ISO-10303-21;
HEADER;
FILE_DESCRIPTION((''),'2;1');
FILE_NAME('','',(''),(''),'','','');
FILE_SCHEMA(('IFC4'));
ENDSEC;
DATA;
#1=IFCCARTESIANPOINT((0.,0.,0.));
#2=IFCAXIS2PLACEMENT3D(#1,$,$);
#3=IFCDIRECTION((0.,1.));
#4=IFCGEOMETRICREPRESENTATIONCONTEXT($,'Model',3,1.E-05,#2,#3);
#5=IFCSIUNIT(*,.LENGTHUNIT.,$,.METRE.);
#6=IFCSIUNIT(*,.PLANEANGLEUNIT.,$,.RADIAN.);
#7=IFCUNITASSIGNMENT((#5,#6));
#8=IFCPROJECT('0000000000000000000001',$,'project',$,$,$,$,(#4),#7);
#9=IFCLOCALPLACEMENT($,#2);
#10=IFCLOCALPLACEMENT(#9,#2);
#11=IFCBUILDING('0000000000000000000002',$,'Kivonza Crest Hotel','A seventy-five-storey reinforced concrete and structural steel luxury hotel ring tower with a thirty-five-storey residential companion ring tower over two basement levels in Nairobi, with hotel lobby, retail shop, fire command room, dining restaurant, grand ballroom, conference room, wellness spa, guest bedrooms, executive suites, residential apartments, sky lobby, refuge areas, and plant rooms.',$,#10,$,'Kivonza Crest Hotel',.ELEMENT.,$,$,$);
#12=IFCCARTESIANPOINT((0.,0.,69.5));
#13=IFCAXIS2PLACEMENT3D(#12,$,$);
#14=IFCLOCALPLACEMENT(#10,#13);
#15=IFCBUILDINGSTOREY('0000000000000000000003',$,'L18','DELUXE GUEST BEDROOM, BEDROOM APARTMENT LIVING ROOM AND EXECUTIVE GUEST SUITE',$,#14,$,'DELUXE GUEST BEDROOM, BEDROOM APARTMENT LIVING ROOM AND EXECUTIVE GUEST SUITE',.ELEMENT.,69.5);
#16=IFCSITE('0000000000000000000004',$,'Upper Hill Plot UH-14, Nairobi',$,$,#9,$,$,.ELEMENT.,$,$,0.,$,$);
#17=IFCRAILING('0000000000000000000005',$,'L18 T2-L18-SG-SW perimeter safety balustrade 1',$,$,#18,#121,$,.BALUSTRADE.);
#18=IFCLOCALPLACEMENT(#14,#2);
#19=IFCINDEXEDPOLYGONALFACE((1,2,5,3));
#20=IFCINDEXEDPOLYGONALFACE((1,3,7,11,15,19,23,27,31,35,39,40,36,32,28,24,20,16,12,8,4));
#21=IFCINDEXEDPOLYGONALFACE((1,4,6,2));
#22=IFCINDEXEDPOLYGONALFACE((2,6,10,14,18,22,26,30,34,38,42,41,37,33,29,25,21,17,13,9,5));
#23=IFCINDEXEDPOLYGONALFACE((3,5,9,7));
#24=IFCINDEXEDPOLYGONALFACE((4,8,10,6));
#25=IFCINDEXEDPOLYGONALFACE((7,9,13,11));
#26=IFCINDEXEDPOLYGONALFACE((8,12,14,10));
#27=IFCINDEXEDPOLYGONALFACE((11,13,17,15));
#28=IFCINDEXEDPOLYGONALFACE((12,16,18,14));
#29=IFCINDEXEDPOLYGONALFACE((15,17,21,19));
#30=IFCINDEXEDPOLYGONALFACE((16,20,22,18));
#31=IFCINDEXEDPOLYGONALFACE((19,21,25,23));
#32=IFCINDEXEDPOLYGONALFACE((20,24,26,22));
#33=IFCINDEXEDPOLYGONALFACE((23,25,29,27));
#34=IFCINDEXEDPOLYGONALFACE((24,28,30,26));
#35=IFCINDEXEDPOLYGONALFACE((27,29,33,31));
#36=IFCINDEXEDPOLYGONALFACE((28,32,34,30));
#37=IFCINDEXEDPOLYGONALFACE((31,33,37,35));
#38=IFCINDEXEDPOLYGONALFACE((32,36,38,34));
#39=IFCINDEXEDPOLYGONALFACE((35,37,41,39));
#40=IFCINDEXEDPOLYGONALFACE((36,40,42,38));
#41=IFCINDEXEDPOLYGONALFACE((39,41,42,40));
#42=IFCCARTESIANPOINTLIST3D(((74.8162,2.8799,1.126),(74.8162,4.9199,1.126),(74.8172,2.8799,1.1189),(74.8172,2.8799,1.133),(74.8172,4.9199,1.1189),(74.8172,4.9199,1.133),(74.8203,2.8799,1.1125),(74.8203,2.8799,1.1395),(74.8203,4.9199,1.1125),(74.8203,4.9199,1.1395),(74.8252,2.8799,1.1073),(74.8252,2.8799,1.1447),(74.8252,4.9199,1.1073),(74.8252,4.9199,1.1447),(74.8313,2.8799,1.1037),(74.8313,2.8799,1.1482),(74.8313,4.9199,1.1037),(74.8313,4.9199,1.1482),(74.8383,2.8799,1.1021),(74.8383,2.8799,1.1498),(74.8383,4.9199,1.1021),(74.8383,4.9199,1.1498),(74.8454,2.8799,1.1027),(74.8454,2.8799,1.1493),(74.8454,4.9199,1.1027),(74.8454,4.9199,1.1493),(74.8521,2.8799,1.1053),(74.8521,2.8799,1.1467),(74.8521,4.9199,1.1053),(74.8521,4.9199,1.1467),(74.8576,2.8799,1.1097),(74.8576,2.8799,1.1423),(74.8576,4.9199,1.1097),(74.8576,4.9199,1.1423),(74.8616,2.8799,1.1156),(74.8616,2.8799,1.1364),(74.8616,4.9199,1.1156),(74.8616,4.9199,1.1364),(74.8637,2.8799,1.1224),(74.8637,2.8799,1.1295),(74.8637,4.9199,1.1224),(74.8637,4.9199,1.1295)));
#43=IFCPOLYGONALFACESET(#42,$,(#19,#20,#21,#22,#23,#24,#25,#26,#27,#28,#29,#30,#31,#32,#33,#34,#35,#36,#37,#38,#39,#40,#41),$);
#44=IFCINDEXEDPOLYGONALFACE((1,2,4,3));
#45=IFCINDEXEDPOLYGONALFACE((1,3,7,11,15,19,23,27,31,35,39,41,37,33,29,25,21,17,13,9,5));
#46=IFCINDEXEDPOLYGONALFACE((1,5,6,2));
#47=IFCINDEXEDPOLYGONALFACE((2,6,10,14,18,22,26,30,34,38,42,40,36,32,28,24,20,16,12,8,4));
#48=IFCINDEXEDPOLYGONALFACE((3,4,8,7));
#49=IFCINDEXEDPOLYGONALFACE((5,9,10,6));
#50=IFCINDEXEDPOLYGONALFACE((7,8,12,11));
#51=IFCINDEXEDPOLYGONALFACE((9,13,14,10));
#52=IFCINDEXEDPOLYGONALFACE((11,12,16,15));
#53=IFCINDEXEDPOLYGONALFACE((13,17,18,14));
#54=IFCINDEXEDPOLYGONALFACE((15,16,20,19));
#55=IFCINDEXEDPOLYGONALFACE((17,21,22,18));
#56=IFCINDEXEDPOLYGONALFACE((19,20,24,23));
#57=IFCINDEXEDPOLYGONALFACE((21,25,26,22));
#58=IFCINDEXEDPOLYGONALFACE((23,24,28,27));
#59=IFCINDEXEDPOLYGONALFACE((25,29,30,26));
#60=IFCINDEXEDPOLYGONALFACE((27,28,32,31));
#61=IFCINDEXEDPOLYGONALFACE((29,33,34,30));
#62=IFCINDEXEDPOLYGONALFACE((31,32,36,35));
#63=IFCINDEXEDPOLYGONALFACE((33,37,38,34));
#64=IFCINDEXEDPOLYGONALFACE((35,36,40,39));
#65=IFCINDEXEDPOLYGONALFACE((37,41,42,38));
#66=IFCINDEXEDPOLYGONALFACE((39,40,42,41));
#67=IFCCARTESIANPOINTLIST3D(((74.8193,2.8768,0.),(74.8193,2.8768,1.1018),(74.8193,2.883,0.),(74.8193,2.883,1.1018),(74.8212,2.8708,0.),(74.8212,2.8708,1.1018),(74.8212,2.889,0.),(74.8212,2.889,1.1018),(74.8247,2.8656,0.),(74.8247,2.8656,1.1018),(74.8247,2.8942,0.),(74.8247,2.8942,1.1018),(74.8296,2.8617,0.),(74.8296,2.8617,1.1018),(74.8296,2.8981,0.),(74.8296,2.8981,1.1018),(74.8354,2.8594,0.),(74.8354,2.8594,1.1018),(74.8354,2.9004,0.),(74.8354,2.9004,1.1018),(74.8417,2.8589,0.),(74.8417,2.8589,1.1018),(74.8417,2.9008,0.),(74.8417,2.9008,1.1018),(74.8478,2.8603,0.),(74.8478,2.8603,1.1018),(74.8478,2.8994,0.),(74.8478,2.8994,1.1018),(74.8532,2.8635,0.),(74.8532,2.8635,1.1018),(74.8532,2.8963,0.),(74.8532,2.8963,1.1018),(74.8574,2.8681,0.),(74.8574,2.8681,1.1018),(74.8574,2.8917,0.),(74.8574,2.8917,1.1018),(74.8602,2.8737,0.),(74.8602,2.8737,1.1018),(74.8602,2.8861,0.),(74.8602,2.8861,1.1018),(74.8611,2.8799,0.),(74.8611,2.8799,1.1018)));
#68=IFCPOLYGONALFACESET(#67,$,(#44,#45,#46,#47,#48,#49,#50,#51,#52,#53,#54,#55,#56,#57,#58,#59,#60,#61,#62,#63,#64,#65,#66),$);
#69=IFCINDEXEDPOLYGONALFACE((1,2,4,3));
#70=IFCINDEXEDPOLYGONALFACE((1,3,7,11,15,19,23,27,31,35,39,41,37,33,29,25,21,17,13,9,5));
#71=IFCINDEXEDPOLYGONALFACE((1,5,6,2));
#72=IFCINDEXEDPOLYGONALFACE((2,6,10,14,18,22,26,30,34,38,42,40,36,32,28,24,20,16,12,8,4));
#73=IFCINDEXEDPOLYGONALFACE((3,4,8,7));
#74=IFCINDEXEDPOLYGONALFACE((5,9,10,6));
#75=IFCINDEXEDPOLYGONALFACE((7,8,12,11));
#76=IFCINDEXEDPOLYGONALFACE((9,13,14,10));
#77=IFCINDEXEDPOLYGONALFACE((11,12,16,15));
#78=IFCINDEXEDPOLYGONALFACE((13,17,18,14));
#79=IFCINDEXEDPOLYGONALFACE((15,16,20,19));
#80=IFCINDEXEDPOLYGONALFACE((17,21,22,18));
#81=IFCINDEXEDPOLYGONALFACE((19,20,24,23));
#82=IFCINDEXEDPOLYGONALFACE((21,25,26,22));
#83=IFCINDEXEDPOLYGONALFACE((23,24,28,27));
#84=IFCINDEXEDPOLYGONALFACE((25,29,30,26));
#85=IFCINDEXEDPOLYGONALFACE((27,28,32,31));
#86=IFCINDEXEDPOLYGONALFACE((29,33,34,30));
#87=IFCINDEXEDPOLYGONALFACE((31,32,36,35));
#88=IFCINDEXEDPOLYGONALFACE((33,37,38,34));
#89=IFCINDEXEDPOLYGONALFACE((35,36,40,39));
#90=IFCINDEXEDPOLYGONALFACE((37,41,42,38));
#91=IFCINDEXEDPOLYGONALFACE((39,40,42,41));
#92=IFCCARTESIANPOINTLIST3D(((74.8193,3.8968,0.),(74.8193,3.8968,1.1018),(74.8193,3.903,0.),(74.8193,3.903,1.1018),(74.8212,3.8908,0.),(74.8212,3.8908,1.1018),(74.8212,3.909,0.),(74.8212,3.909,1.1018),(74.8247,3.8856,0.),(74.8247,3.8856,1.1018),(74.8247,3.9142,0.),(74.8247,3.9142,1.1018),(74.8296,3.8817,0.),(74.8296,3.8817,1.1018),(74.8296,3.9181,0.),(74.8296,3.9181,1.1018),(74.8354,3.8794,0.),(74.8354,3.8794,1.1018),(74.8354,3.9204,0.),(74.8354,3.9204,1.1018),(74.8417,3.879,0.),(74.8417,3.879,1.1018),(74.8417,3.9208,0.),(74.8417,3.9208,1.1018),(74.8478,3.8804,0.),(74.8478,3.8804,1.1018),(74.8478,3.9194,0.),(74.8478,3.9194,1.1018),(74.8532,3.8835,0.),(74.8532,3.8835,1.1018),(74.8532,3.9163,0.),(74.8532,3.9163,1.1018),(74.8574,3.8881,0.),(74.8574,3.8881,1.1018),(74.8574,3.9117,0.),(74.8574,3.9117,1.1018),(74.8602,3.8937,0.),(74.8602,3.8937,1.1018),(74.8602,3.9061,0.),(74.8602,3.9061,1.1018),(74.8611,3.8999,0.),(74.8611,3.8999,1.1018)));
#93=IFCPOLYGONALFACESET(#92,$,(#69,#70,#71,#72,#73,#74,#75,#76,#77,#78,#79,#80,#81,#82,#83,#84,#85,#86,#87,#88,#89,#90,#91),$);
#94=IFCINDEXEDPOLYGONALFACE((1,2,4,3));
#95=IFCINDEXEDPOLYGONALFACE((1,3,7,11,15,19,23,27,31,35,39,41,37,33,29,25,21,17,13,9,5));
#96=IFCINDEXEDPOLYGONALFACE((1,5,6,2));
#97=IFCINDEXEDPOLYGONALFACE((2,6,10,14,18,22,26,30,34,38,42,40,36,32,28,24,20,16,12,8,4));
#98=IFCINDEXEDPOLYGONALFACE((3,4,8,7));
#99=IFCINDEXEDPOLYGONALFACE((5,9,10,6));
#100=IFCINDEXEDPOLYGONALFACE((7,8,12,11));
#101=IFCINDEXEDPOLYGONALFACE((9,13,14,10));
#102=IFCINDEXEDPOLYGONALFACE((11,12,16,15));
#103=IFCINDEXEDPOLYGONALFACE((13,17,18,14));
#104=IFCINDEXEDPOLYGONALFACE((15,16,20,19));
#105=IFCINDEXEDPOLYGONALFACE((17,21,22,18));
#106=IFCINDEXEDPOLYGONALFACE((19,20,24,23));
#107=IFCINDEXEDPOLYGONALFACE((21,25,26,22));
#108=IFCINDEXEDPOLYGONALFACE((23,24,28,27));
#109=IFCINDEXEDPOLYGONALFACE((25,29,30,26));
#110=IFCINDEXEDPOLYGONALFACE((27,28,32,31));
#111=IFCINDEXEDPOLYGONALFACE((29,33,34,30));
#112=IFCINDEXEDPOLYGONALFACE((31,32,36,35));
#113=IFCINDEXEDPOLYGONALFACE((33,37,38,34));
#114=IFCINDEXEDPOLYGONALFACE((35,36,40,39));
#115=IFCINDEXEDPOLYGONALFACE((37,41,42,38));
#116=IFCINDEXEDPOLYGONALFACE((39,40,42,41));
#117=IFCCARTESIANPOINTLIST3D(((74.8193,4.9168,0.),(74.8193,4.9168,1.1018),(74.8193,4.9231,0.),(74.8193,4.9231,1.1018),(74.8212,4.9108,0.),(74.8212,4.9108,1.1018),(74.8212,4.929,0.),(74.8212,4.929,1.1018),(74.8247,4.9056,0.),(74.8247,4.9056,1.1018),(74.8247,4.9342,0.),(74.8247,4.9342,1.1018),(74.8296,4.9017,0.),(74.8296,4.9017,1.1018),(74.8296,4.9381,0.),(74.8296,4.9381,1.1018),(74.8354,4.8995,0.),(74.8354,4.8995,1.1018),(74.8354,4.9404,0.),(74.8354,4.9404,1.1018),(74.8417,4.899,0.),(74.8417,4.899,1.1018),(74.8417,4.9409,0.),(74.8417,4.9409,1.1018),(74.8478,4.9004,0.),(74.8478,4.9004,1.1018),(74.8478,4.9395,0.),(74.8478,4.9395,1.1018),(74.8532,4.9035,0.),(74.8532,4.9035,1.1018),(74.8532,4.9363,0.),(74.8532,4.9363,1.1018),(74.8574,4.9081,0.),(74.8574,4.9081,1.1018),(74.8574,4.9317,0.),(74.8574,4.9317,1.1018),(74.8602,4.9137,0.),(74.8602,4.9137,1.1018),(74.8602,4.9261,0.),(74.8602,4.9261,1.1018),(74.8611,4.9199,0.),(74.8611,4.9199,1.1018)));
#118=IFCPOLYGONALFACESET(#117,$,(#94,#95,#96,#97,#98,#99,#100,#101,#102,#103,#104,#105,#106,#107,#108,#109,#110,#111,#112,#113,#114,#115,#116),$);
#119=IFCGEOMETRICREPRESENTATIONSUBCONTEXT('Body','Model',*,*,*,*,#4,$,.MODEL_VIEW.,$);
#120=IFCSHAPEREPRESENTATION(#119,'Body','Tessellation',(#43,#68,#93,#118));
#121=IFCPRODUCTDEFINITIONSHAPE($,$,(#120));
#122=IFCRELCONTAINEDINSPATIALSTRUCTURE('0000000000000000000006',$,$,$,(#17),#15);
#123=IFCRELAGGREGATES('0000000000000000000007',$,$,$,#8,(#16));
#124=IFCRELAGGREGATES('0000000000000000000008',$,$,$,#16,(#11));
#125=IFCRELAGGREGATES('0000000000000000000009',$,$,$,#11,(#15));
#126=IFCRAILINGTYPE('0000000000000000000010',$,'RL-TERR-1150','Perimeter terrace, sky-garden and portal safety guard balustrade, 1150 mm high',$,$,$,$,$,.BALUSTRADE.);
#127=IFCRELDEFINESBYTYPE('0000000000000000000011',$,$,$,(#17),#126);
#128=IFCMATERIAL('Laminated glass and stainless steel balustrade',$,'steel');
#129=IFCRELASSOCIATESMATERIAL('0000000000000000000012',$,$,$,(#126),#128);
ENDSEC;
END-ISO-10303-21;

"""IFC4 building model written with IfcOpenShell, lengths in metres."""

from ifc_helpers import new_model, si_unit, direction, frame, origin, origin_2d, place, context, subcontext, project, spatial, circle, extrude, material, type_object, element, save


model = new_model("IFC4")

# Units and contexts
model_context = context("Model", 3, precision=1e-05, world=origin(), true_north=direction((0.0, 1.0)))
body_context = subcontext(model_context, "Body", "Model", "MODEL_VIEW")
ifc_project = project(units=[si_unit("LENGTHUNIT", "METRE"), si_unit("PLANEANGLEUNIT", "RADIAN")], contexts=[model_context])

# Site, building, storey
site_placement = place(None, origin())
site = spatial("IfcSite", under=ifc_project, at=site_placement, Name="Upper Hill Plot UH-14, Nairobi", CompositionType="ELEMENT", RefElevation=0.0)
building_placement = place(site_placement, origin())
building = spatial("IfcBuilding", under=site, at=building_placement, Name="Kivonza Crest Hotel", Description="A seventy-five-storey reinforced concrete and structural steel luxury hotel ring tower with a thirty-five-storey residential companion ring tower over two basement levels in Nairobi, with hotel lobby, retail shop, fire command room, dining restaurant, grand ballroom, conference room, wellness spa, guest bedrooms, executive suites, residential apartments, sky lobby, refuge areas, and plant rooms.", LongName="Kivonza Crest Hotel", CompositionType="ELEMENT")
storey_placement = place(building_placement, frame((0.0, 0.0, 69.5)))
storey = spatial("IfcBuildingStorey", under=building, at=storey_placement, Name="L18", Description="DELUXE GUEST BEDROOM, BEDROOM APARTMENT LIVING ROOM AND EXECUTIVE GUEST SUITE", LongName="DELUXE GUEST BEDROOM, BEDROOM APARTMENT LIVING ROOM AND EXECUTIVE GUEST SUITE", CompositionType="ELEMENT", Elevation=69.5)

# Railing
ifc_material_1 = material(Name="Laminated glass and stainless steel balustrade", Category="steel")
railing_type = type_object("IfcRailingType", Name="RL-TERR-1150", Description="Perimeter terrace, sky-garden and portal safety guard balustrade, 1150 mm high", PredefinedType="BALUSTRADE", material=ifc_material_1)
railing_1_placement = place(storey_placement, frame((74.8401, 2.8799, 0.0)))
element("IfcRailing", 1, at=railing_1_placement, inside=storey, type_object=railing_type, Name="L18 T2-L18-SG-SW perimeter safety balustrade 1", PredefinedType="BALUSTRADE", context=body_context, shape_type="SweptSolid", body=[
    extrude(circle(Radius=0.0239, at=origin_2d()), frame((0.0, 0.0, 1.126), z_axis=(0.0, 1.0, 0.0), x_axis=(-1.0, 0.0, 0.0)), (0.0, 0.0, 1.0), 2.04),
    extrude(circle(Radius=0.021, at=origin_2d()), origin(), (0.0, 0.0, 1.0), 1.1018),
    extrude(circle(Radius=0.021, at=origin_2d()), frame((0.0, 1.02, 0.0)), (0.0, 0.0, 1.0), 1.1018),
    extrude(circle(Radius=0.021, at=origin_2d()), frame((0.0, 2.04, 0.0)), (0.0, 0.0, 1.0), 1.1018),
])

save(model, "model.ifc")
